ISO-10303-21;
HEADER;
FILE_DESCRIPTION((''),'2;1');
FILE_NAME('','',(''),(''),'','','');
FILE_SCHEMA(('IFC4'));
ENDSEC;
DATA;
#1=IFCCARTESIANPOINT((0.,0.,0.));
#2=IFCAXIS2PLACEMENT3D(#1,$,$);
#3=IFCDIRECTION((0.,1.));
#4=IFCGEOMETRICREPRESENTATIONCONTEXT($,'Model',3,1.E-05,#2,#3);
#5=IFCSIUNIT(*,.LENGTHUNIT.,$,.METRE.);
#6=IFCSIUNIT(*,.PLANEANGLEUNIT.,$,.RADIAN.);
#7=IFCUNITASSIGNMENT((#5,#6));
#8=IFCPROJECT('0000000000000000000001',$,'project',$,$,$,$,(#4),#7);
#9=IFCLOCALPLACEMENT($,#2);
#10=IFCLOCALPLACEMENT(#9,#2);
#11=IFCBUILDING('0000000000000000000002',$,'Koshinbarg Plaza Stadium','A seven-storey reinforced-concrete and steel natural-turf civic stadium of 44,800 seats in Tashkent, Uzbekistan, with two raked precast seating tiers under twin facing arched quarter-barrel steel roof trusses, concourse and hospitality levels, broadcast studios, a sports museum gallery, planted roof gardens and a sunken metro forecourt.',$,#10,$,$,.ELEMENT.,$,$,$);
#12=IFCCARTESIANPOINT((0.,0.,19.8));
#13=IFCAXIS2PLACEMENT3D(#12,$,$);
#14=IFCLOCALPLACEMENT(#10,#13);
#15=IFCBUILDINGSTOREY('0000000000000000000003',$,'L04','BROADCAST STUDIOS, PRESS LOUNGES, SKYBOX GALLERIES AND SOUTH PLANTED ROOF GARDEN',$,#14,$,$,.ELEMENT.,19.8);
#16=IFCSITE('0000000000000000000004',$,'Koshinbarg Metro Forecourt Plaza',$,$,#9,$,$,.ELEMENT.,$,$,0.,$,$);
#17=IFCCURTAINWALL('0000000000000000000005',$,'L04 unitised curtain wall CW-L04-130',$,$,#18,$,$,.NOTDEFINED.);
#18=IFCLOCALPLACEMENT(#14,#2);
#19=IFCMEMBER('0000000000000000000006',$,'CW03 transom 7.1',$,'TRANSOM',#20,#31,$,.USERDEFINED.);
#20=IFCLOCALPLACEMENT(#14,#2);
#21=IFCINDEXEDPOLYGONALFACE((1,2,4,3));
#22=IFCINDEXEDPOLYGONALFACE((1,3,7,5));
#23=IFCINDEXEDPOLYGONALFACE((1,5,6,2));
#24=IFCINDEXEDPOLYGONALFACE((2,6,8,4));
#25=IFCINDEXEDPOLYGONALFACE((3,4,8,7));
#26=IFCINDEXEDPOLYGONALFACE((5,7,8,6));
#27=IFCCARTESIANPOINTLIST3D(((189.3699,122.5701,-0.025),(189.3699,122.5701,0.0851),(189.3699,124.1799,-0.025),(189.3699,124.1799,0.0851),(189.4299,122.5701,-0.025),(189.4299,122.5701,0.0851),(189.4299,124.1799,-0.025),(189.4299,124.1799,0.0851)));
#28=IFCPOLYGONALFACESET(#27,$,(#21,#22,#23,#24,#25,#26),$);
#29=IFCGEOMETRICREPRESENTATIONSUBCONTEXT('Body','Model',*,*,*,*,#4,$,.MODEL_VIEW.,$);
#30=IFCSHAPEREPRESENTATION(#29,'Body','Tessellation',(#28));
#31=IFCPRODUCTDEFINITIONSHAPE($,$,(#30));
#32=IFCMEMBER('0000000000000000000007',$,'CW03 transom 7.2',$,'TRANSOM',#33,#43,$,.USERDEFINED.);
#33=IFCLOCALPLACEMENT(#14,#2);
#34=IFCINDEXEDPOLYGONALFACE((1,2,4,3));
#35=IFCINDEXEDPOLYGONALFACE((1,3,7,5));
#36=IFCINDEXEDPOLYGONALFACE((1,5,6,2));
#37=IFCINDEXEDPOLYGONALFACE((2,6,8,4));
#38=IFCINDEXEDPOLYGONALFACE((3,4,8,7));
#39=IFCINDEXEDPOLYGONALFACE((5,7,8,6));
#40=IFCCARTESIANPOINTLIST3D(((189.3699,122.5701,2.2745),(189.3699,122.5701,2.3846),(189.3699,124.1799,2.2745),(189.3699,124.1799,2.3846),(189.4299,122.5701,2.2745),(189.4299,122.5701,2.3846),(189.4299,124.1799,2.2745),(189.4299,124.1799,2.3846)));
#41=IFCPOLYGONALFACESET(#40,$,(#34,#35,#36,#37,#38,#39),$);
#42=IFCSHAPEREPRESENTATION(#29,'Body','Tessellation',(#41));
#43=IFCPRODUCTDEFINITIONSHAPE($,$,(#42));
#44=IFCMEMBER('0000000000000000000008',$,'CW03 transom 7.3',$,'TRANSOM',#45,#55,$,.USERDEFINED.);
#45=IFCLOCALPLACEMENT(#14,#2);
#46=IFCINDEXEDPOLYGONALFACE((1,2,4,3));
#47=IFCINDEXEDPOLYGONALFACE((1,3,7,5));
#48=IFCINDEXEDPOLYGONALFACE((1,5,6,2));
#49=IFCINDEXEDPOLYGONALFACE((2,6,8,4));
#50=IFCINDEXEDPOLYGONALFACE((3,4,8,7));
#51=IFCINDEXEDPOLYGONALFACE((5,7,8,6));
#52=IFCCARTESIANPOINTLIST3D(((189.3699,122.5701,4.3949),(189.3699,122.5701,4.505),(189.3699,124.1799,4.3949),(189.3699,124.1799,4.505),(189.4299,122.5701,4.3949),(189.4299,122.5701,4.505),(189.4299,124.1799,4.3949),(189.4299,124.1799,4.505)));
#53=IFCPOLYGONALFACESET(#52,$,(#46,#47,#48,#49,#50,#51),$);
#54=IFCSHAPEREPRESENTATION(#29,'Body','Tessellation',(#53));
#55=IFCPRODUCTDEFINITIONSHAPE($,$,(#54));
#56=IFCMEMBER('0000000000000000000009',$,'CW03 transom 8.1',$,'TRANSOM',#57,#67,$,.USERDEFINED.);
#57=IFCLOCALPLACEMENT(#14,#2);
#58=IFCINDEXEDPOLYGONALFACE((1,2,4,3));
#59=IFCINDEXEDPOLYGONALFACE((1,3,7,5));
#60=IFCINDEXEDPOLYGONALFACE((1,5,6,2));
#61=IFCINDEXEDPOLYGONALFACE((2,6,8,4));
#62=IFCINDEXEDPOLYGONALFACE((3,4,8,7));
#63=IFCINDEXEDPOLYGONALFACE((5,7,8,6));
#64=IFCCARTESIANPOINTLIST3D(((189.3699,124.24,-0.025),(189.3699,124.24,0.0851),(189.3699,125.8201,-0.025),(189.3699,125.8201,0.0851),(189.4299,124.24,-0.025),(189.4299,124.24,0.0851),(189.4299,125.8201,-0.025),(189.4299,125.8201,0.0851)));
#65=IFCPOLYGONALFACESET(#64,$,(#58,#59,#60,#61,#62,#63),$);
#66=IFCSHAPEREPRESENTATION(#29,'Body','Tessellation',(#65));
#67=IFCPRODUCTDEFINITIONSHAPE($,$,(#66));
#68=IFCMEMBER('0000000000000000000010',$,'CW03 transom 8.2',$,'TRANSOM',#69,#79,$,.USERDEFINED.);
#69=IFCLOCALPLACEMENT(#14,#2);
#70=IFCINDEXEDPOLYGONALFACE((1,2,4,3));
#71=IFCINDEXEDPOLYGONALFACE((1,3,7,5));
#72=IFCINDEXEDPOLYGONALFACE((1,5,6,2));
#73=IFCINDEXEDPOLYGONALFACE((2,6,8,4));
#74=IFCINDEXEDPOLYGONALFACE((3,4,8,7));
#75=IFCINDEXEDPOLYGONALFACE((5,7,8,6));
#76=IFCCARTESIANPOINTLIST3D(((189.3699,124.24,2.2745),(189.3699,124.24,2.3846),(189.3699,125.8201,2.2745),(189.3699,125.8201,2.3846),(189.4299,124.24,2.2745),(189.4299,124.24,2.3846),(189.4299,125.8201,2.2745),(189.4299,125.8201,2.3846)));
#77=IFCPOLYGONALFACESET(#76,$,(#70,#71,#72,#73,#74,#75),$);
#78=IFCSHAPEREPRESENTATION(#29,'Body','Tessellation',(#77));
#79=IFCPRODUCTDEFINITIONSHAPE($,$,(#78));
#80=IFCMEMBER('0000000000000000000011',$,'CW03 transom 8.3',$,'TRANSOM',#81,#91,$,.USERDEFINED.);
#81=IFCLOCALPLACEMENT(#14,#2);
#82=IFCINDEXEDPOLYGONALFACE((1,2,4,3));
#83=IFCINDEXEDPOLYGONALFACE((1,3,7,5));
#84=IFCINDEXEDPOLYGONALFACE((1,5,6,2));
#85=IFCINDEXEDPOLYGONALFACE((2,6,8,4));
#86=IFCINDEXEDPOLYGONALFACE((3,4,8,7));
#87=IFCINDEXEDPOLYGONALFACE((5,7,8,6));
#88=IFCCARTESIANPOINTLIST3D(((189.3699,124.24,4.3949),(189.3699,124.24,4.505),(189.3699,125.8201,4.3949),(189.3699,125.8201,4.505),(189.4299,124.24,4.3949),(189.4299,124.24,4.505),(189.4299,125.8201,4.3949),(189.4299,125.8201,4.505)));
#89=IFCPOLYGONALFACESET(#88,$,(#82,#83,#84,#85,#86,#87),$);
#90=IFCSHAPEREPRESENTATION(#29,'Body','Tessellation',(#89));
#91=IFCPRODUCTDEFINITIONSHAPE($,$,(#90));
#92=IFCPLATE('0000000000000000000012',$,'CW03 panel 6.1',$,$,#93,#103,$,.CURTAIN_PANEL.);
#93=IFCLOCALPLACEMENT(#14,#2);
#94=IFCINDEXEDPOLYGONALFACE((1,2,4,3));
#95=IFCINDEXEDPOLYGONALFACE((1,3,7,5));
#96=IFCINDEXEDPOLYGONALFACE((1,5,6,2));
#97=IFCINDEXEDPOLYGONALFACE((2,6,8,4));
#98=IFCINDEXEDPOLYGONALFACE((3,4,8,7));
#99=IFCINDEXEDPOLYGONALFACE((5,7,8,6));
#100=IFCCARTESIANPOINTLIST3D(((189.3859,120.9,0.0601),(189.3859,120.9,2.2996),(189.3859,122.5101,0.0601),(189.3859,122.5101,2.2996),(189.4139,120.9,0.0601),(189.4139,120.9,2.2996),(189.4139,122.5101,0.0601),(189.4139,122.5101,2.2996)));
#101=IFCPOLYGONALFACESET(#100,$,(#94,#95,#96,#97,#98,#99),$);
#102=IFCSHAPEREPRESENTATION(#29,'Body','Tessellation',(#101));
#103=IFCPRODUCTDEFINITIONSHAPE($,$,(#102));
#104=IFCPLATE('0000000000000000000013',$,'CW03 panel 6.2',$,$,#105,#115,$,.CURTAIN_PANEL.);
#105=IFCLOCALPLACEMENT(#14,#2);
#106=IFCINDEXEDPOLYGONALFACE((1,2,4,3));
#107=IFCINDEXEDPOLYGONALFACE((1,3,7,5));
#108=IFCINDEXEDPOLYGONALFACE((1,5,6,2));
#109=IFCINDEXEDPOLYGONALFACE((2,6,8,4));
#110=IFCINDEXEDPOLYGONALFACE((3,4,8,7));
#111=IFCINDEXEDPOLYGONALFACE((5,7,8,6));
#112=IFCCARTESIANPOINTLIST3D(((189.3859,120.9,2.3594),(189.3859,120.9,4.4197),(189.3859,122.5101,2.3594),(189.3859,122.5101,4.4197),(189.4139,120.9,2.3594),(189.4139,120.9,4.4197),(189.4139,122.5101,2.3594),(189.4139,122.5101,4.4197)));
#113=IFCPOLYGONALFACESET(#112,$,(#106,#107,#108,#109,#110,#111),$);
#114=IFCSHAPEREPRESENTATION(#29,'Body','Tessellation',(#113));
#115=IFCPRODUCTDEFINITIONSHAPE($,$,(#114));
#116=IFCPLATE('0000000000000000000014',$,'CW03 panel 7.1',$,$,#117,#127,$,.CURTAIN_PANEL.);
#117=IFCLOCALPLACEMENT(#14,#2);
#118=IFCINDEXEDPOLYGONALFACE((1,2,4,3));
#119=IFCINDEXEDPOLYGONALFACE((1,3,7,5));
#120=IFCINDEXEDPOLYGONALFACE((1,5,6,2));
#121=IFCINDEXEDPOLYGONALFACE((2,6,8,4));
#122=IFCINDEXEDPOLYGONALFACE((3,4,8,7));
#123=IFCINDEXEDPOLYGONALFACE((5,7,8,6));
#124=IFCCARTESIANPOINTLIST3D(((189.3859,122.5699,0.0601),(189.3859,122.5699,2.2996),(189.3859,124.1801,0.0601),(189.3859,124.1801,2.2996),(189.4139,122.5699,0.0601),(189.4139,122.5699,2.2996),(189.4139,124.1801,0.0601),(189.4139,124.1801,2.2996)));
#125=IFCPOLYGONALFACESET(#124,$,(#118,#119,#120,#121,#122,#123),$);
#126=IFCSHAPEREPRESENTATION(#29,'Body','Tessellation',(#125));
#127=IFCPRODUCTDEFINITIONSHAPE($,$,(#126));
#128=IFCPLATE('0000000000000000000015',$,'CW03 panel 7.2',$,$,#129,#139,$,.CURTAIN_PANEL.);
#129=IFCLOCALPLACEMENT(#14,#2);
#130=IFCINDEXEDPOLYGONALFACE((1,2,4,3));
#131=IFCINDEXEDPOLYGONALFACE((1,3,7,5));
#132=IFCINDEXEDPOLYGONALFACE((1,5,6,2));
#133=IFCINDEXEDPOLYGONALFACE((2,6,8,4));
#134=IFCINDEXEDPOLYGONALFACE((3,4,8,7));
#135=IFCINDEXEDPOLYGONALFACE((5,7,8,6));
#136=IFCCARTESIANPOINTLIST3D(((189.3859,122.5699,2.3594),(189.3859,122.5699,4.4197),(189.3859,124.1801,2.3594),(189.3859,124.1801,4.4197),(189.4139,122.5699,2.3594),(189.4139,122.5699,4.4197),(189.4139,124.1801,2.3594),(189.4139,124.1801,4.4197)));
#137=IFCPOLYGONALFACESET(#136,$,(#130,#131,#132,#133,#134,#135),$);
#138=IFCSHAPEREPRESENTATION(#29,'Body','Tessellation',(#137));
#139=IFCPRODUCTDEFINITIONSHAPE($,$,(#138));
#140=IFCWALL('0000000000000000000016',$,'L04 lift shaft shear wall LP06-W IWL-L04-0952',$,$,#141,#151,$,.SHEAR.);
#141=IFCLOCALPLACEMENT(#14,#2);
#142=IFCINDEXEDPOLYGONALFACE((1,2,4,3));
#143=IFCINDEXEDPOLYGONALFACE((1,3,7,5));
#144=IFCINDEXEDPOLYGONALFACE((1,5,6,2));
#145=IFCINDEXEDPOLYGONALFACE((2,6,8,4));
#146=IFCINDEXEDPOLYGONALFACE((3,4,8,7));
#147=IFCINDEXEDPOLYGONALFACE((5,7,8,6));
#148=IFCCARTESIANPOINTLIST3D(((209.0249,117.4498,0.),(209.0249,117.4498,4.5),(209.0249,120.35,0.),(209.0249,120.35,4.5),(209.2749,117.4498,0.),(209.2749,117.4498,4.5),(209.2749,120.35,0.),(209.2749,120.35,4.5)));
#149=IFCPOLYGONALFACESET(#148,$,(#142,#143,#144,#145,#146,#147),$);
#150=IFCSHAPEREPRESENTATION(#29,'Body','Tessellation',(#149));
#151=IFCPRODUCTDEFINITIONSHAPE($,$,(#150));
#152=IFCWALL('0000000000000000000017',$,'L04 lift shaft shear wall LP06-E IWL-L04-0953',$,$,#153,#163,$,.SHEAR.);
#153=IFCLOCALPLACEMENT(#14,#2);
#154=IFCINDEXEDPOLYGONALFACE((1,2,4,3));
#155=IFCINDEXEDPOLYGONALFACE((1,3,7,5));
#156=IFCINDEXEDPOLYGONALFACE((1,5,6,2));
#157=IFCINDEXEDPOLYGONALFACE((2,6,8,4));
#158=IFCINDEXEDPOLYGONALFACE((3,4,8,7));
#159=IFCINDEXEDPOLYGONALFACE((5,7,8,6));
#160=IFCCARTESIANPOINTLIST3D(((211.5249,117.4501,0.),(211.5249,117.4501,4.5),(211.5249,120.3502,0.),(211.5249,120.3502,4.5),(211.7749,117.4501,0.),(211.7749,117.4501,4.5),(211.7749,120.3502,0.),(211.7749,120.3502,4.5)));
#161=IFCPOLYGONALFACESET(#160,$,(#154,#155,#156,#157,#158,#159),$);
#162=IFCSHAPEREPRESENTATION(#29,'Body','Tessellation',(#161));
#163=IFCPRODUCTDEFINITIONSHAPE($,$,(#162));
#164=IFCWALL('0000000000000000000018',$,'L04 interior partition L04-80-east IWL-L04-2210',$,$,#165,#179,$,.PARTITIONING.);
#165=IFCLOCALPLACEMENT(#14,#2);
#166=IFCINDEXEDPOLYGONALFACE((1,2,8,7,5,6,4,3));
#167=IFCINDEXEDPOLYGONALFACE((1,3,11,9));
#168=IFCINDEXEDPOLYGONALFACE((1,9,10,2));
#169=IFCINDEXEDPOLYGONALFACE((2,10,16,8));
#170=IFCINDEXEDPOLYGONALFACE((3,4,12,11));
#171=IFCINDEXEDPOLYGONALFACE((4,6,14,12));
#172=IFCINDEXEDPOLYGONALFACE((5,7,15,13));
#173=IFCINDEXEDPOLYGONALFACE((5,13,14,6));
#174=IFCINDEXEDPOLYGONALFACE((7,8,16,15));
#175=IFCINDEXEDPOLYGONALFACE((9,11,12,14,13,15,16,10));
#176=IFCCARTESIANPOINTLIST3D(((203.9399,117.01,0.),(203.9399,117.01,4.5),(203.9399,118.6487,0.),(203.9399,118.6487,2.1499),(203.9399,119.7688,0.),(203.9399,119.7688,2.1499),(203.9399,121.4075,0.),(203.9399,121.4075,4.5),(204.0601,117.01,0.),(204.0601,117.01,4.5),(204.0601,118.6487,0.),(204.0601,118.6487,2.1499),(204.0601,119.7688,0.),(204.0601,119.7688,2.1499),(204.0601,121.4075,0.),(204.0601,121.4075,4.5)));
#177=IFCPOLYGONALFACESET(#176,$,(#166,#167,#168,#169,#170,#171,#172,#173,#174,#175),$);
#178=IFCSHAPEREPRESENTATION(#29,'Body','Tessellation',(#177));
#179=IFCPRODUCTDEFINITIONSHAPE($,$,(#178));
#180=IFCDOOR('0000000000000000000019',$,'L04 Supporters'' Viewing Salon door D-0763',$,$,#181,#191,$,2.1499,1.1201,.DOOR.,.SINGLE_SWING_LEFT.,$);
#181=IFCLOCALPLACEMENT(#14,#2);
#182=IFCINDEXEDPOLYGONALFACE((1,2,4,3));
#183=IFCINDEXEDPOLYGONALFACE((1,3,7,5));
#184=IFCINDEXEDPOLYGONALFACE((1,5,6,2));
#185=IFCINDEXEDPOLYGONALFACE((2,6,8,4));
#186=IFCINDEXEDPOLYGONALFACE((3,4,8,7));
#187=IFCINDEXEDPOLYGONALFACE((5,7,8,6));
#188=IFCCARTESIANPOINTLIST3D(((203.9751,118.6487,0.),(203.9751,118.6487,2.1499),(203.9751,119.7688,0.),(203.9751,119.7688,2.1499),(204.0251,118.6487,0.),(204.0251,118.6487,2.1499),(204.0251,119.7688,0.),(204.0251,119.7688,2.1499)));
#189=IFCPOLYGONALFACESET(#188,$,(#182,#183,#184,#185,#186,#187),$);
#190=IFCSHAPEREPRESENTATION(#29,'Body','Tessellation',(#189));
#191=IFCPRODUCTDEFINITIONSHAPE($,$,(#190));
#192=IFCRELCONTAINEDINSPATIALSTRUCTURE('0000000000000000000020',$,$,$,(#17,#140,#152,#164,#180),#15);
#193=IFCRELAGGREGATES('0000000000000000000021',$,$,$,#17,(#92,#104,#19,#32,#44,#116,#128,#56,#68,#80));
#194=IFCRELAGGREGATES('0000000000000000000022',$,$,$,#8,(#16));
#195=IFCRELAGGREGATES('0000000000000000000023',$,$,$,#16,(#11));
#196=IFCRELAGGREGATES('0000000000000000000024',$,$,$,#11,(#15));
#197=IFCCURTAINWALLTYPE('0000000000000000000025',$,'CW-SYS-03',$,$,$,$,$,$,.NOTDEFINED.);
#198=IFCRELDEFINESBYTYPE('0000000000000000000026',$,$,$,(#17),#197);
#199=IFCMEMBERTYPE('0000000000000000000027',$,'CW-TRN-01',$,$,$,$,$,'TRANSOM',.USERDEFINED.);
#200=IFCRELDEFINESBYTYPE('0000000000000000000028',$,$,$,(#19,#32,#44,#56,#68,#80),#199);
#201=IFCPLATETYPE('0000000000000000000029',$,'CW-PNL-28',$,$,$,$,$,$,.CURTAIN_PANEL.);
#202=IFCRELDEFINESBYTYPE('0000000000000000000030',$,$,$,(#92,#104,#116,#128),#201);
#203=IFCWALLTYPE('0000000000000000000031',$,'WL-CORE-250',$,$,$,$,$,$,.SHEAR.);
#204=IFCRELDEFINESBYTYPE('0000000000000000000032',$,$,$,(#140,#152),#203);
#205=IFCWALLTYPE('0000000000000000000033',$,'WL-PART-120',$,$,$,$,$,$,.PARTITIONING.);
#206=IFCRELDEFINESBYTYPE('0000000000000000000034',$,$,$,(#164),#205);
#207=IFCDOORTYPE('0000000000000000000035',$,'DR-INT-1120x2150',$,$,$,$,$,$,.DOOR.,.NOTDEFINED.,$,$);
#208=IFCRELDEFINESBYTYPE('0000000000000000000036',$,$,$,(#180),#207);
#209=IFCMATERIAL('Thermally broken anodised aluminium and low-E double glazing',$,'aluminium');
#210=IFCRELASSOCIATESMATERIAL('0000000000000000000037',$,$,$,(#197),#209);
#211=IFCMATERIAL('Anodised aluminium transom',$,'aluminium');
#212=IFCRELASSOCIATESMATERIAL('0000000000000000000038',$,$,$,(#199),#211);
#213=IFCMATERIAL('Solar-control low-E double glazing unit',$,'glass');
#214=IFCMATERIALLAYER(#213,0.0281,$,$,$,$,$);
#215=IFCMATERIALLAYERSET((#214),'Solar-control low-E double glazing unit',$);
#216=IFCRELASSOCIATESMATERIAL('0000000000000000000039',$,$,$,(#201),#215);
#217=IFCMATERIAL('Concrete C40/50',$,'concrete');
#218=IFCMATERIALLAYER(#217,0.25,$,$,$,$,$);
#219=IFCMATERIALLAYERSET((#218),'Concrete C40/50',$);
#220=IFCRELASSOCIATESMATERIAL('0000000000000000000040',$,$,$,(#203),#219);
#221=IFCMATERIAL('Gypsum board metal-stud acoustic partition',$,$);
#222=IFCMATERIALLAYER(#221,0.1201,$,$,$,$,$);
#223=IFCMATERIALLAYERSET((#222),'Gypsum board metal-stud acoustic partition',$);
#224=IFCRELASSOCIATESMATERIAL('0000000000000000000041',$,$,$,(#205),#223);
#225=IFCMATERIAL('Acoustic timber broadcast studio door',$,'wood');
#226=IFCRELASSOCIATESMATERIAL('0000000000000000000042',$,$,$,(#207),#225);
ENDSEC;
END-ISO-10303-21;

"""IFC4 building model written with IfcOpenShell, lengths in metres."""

from ifc_helpers import new_model, si_unit, direction, frame, frame_2d, origin, origin_2d, place, context, subcontext, project, spatial, rectangle, extrude, material, layer, layer_set, material_profile, profile_set, type_object, element, fill, aggregate, save


model = new_model("IFC4")

# Units and contexts
model_context = context("Model", 3, precision=1e-05, world=origin(), true_north=direction((0.0, 1.0)))
body_context = subcontext(model_context, "Body", "Model", "MODEL_VIEW")
ifc_project = project(units=[si_unit("LENGTHUNIT", "METRE"), si_unit("PLANEANGLEUNIT", "RADIAN")], contexts=[model_context])

# Site, building, storey
site_placement = place(None, origin())
site = spatial("IfcSite", under=ifc_project, at=site_placement, Name="Koshinbarg Metro Forecourt Plaza", CompositionType="ELEMENT", RefElevation=0.0)
building_placement = place(site_placement, origin())
building = spatial("IfcBuilding", under=site, at=building_placement, Name="Koshinbarg Plaza Stadium", Description="A seven-storey reinforced-concrete and steel natural-turf civic stadium of 44,800 seats in Tashkent, Uzbekistan, with two raked precast seating tiers under twin facing arched quarter-barrel steel roof trusses, concourse and hospitality levels, broadcast studios, a sports museum gallery, planted roof gardens and a sunken metro forecourt.", CompositionType="ELEMENT")
storey_placement = place(building_placement, frame((0.0, 0.0, 19.8)))
storey = spatial("IfcBuildingStorey", under=building, at=storey_placement, Name="L04", Description="BROADCAST STUDIOS, PRESS LOUNGES, SKYBOX GALLERIES AND SOUTH PLANTED ROOF GARDEN", CompositionType="ELEMENT", Elevation=19.8)

# Curtain wall, members, plates
ifc_material_1 = material(Name="Thermally broken anodised aluminium and low-E double glazing", Category="aluminium")
curtain_wall_type = type_object("IfcCurtainWallType", Name="CW-SYS-03", PredefinedType="NOTDEFINED", material=ifc_material_1)
curtain_wall_placement = place(storey_placement, origin())
curtain_wall = element("IfcCurtainWall", 1, at=curtain_wall_placement, inside=storey, type_object=curtain_wall_type, Name="L04 unitised curtain wall CW-L04-130", PredefinedType="NOTDEFINED")
ifc_material_2 = material(Name="Anodised aluminium transom", Category="aluminium")
ifc_material_profile = material_profile(ifc_material_2, rectangle(XDim=0.0601, YDim=0.1101, at=origin_2d()), Name="ALU 60x110")
ifc_profile_set = profile_set([ifc_material_profile], Name="Anodised aluminium transom")
member_type = type_object("IfcMemberType", Name="CW-TRN-01", ElementType="TRANSOM", PredefinedType="USERDEFINED", material=ifc_profile_set)
member_1_placement = place(storey_placement, frame((189.3999, 122.5701, 0.03), z_axis=(0.0, 1.0, 0.0), x_axis=(-1.0, 0.0, 0.0)))
member_1 = element("IfcMember", 2, at=member_1_placement, type_object=member_type, Name="CW03 transom 7.1", ObjectType="TRANSOM", PredefinedType="USERDEFINED", context=body_context, shape_type="SweptSolid", body=[
    extrude(rectangle(XDim=0.0601, YDim=0.1101, at=origin_2d()), origin(), (0.0, 0.0, 1.0), 1.6099),
])
member_2_placement = place(storey_placement, frame((189.3999, 122.5701, 2.3296), z_axis=(0.0, 1.0, 0.0), x_axis=(-1.0, 0.0, 0.0)))
member_2 = element("IfcMember", 3, at=member_2_placement, type_object=member_type, Name="CW03 transom 7.2", ObjectType="TRANSOM", PredefinedType="USERDEFINED", context=body_context, shape_type="SweptSolid", body=[
    extrude(rectangle(XDim=0.0601, YDim=0.1101, at=origin_2d()), origin(), (0.0, 0.0, 1.0), 1.6099),
])
member_3_placement = place(storey_placement, frame((189.3999, 122.5701, 4.45), z_axis=(0.0, 1.0, 0.0), x_axis=(-1.0, 0.0, 0.0)))
member_3 = element("IfcMember", 4, at=member_3_placement, type_object=member_type, Name="CW03 transom 7.3", ObjectType="TRANSOM", PredefinedType="USERDEFINED", context=body_context, shape_type="SweptSolid", body=[
    extrude(rectangle(XDim=0.0601, YDim=0.1101, at=origin_2d()), origin(), (0.0, 0.0, 1.0), 1.6099),
])
member_4_placement = place(storey_placement, frame((189.3999, 124.24, 0.03), z_axis=(0.0, 1.0, 0.0), x_axis=(-1.0, 0.0, 0.0)))
member_4 = element("IfcMember", 5, at=member_4_placement, type_object=member_type, Name="CW03 transom 8.1", ObjectType="TRANSOM", PredefinedType="USERDEFINED", context=body_context, shape_type="SweptSolid", body=[
    extrude(rectangle(XDim=0.0601, YDim=0.1101, at=origin_2d()), origin(), (0.0, 0.0, 1.0), 1.5801),
])
member_5_placement = place(storey_placement, frame((189.3999, 124.24, 2.3296), z_axis=(0.0, 1.0, 0.0), x_axis=(-1.0, 0.0, 0.0)))
member_5 = element("IfcMember", 6, at=member_5_placement, type_object=member_type, Name="CW03 transom 8.2", ObjectType="TRANSOM", PredefinedType="USERDEFINED", context=body_context, shape_type="SweptSolid", body=[
    extrude(rectangle(XDim=0.0601, YDim=0.1101, at=origin_2d()), origin(), (0.0, 0.0, 1.0), 1.5801),
])
member_6_placement = place(storey_placement, frame((189.3999, 124.24, 4.45), z_axis=(0.0, 1.0, 0.0), x_axis=(-1.0, 0.0, 0.0)))
member_6 = element("IfcMember", 7, at=member_6_placement, type_object=member_type, Name="CW03 transom 8.3", ObjectType="TRANSOM", PredefinedType="USERDEFINED", context=body_context, shape_type="SweptSolid", body=[
    extrude(rectangle(XDim=0.0601, YDim=0.1101, at=origin_2d()), origin(), (0.0, 0.0, 1.0), 1.5801),
])
ifc_material_3 = material(Name="Solar-control low-E double glazing unit", Category="glass")
ifc_layer_1 = layer(ifc_material_3, 0.0281)
ifc_layer_set_1 = layer_set([ifc_layer_1], Name="Solar-control low-E double glazing unit")
plate_type = type_object("IfcPlateType", Name="CW-PNL-28", PredefinedType="CURTAIN_PANEL", material=ifc_layer_set_1)
plate_1_placement = place(storey_placement, frame((189.3999, 121.7051, 0.0601), z_axis=(0.0, 0.0, 1.0), x_axis=(0.0, 1.0, 0.0)))
plate_1 = element("IfcPlate", 8, at=plate_1_placement, type_object=plate_type, Name="CW03 panel 6.1", PredefinedType="CURTAIN_PANEL", context=body_context, shape_type="SweptSolid", body=[
    extrude(rectangle(XDim=1.6101, YDim=0.0281, at=origin_2d()), origin(), (0.0, 0.0, 1.0), 2.2395),
])
plate_2_placement = place(storey_placement, frame((189.3999, 121.7051, 2.3594), z_axis=(0.0, 0.0, 1.0), x_axis=(0.0, 1.0, 0.0)))
plate_2 = element("IfcPlate", 9, at=plate_2_placement, type_object=plate_type, Name="CW03 panel 6.2", PredefinedType="CURTAIN_PANEL", context=body_context, shape_type="SweptSolid", body=[
    extrude(rectangle(XDim=1.6101, YDim=0.0281, at=origin_2d()), origin(), (0.0, 0.0, 1.0), 2.0603),
])
plate_3_placement = place(storey_placement, frame((189.3999, 123.375, 0.0601), z_axis=(0.0, 0.0, 1.0), x_axis=(0.0, 1.0, 0.0)))
plate_3 = element("IfcPlate", 10, at=plate_3_placement, type_object=plate_type, Name="CW03 panel 7.1", PredefinedType="CURTAIN_PANEL", context=body_context, shape_type="SweptSolid", body=[
    extrude(rectangle(XDim=1.6101, YDim=0.0281, at=origin_2d()), origin(), (0.0, 0.0, 1.0), 2.2395),
])
plate_4_placement = place(storey_placement, frame((189.3999, 123.375, 2.3594), z_axis=(0.0, 0.0, 1.0), x_axis=(0.0, 1.0, 0.0)))
plate_4 = element("IfcPlate", 11, at=plate_4_placement, type_object=plate_type, Name="CW03 panel 7.2", PredefinedType="CURTAIN_PANEL", context=body_context, shape_type="SweptSolid", body=[
    extrude(rectangle(XDim=1.6101, YDim=0.0281, at=origin_2d()), origin(), (0.0, 0.0, 1.0), 2.0603),
])
aggregate(curtain_wall, [plate_1, plate_2, member_1, member_2, member_3, plate_3, plate_4, member_4, member_5, member_6])

# Shared definitions
ifc_material_4 = material(Name="Concrete C40/50", Category="concrete")
ifc_layer_2 = layer(ifc_material_4, 0.25)
ifc_layer_set_2 = layer_set([ifc_layer_2], Name="Concrete C40/50")
wall_type_1 = type_object("IfcWallType", Name="WL-CORE-250", PredefinedType="SHEAR", material=ifc_layer_set_2)

# Walls
for number, where, z_axis, x_axis, name in (
    (12, (209.1499, 120.3501, 0.0), (0.0, 0.0, 1.0), (0.0, -1.0, 0.0), "L04 lift shaft shear wall LP06-W IWL-L04-0952"),
    (13, (211.6499, 117.45, 0.0), (0.0, 0.0, 1.0), (0.0, 1.0, 0.0), "L04 lift shaft shear wall LP06-E IWL-L04-0953"),
):
    element("IfcWall", number, at=place(storey_placement, frame(where, z_axis=z_axis, x_axis=x_axis)), inside=storey, type_object=wall_type_1, Name=name, PredefinedType="SHEAR", context=body_context, shape_type="SweptSolid", body=[
        extrude(rectangle(XDim=2.9001, YDim=0.25, at=frame_2d((1.4502, 0.0))), origin(), (0.0, 0.0, 1.0), 4.5),
    ])

# Wall, opening, door
ifc_material_5 = material(Name="Gypsum board metal-stud acoustic partition")
ifc_layer_3 = layer(ifc_material_5, 0.1201)
ifc_layer_set_3 = layer_set([ifc_layer_3], Name="Gypsum board metal-stud acoustic partition")
wall_type_2 = type_object("IfcWallType", Name="WL-PART-120", PredefinedType="PARTITIONING", material=ifc_layer_set_3)
wall_1_placement = place(storey_placement, frame((204.0, 117.01, 0.0), z_axis=(0.0, 0.0, 1.0), x_axis=(0.0, 1.0, 0.0)))
wall_1 = element("IfcWall", 14, at=wall_1_placement, inside=storey, type_object=wall_type_2, Name="L04 interior partition L04-80-east IWL-L04-2210", PredefinedType="PARTITIONING", context=body_context, shape_type="SweptSolid", body=[
    extrude(rectangle(XDim=4.3975, YDim=0.1201, at=frame_2d((2.1987, 0.0))), origin(), (0.0, 0.0, 1.0), 4.5),
])
opening_1_placement = place(wall_1_placement, frame((1.6387, 0.0, 0.0)))
opening_1 = element("IfcOpeningElement", 15, at=opening_1_placement, cuts=wall_1, PredefinedType="OPENING", context=body_context, shape_type="SweptSolid", body=[
    extrude(rectangle(XDim=1.1201, YDim=2.1499, at=frame_2d((0.5601, 1.075))), frame((0.0, 0.0701, 0.0), z_axis=(0.0, -1.0, 0.0), x_axis=(1.0, 0.0, 0.0)), (0.0, 0.0, 1.0), 0.1401),
])
ifc_material_6 = material(Name="Acoustic timber broadcast studio door", Category="wood")
door_type_1 = type_object("IfcDoorType", Name="DR-INT-1120x2150", OperationType="NOTDEFINED", PredefinedType="DOOR", material=ifc_material_6)
door_1_placement = place(opening_1_placement, origin())
door_1 = element("IfcDoor", 16, at=door_1_placement, inside=storey, type_object=door_type_1, Name="L04 Supporters' Viewing Salon door D-0763", OperationType="SINGLE_SWING_LEFT", OverallHeight=2.1499, OverallWidth=1.1201, PredefinedType="DOOR", context=body_context, shape_type="SweptSolid", body=[
    extrude(rectangle(XDim=1.1201, YDim=2.1499, at=frame_2d((0.5601, 1.075))), frame((0.0, 0.0249, 0.0), z_axis=(0.0, -1.0, 0.0), x_axis=(1.0, 0.0, 0.0)), (0.0, 0.0, 1.0), 0.05),
])
fill(opening_1, door_1)

save(model, "model.ifc")
